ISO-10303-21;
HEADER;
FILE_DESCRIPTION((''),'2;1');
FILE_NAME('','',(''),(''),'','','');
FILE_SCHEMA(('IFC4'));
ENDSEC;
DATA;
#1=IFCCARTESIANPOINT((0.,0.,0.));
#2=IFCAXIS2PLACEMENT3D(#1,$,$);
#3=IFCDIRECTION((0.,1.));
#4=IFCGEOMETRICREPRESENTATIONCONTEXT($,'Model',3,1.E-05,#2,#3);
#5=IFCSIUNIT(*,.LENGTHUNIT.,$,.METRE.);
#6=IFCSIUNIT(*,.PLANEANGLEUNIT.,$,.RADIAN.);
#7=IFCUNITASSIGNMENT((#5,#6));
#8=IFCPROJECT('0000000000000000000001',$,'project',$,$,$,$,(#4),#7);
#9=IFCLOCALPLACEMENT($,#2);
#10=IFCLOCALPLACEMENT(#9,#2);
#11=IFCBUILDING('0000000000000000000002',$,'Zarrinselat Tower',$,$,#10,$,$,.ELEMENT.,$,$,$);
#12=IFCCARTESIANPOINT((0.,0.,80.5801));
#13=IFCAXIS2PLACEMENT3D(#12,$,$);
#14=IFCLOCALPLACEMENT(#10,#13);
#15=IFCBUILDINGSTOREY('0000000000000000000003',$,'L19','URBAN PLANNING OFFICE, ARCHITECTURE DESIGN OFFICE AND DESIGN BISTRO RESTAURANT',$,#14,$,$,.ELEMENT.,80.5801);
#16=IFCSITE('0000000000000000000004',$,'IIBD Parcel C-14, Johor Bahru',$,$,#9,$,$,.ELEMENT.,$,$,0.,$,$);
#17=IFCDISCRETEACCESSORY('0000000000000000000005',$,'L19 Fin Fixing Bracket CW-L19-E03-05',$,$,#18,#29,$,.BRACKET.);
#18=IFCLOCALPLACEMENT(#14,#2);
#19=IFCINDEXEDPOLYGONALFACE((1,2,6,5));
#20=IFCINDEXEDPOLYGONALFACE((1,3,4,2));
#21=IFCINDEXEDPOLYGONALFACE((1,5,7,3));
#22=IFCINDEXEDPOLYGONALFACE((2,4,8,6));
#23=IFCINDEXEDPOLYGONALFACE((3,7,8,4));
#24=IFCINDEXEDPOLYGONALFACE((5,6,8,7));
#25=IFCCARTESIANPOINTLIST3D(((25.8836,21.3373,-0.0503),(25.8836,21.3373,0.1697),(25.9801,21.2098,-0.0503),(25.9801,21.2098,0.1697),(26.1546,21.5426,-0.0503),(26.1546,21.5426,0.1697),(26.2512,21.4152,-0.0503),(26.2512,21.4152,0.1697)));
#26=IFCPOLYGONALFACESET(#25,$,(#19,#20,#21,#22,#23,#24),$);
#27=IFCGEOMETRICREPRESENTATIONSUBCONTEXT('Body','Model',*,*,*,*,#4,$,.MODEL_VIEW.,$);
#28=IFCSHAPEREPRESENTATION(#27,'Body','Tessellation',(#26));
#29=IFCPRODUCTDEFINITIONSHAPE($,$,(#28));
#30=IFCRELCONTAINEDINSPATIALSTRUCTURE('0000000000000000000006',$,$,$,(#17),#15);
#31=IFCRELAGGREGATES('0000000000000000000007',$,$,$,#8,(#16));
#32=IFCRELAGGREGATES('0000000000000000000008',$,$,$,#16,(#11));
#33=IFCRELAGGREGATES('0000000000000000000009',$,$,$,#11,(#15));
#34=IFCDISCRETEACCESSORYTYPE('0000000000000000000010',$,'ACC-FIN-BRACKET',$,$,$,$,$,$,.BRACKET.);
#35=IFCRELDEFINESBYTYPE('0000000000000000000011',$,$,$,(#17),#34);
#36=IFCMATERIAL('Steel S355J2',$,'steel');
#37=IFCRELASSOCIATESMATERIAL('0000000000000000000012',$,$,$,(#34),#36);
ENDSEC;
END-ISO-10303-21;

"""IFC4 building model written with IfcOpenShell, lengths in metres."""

from ifc_helpers import new_model, si_unit, direction, frame, origin, origin_2d, place, context, subcontext, project, spatial, rectangle, extrude, material, type_object, element, save


model = new_model("IFC4")

# Units and contexts
model_context = context("Model", 3, precision=1e-05, world=origin(), true_north=direction((0.0, 1.0)))
body_context = subcontext(model_context, "Body", "Model", "MODEL_VIEW")
ifc_project = project(units=[si_unit("LENGTHUNIT", "METRE"), si_unit("PLANEANGLEUNIT", "RADIAN")], contexts=[model_context])

# Site, building, storey
site_placement = place(None, origin())
site = spatial("IfcSite", under=ifc_project, at=site_placement, Name="IIBD Parcel C-14, Johor Bahru", CompositionType="ELEMENT", RefElevation=0.0)
building_placement = place(site_placement, origin())
building = spatial("IfcBuilding", under=site, at=building_placement, Name="Zarrinselat Tower", CompositionType="ELEMENT")
storey_placement = place(building_placement, frame((0.0, 0.0, 80.5801)))
storey = spatial("IfcBuildingStorey", under=building, at=storey_placement, Name="L19", Description="URBAN PLANNING OFFICE, ARCHITECTURE DESIGN OFFICE AND DESIGN BISTRO RESTAURANT", CompositionType="ELEMENT", Elevation=80.5801)

# Discrete accessory
ifc_material_1 = material(Name="Steel S355J2", Category="steel")
discrete_accessory_type = type_object("IfcDiscreteAccessoryType", Name="ACC-FIN-BRACKET", PredefinedType="BRACKET", material=ifc_material_1)
for number, where, z_axis, x_axis, name in (
    (1, (26.0674, 21.3762, -0.0503), (0.0, 0.0, 1.0), (-0.797094, -0.603855, 0.0), "L19 Fin Fixing Bracket CW-L19-E03-05"),
):
    element("IfcDiscreteAccessory", number, at=place(storey_placement, frame(where, z_axis=z_axis, x_axis=x_axis)), inside=storey, type_object=discrete_accessory_type, Name=name, PredefinedType="BRACKET", context=body_context, shape_type="SweptSolid", body=[
        extrude(rectangle(XDim=0.3401, YDim=0.1599, at=origin_2d()), origin(), (0.0, 0.0, 1.0), 0.22),
    ])

save(model, "model.ifc")
